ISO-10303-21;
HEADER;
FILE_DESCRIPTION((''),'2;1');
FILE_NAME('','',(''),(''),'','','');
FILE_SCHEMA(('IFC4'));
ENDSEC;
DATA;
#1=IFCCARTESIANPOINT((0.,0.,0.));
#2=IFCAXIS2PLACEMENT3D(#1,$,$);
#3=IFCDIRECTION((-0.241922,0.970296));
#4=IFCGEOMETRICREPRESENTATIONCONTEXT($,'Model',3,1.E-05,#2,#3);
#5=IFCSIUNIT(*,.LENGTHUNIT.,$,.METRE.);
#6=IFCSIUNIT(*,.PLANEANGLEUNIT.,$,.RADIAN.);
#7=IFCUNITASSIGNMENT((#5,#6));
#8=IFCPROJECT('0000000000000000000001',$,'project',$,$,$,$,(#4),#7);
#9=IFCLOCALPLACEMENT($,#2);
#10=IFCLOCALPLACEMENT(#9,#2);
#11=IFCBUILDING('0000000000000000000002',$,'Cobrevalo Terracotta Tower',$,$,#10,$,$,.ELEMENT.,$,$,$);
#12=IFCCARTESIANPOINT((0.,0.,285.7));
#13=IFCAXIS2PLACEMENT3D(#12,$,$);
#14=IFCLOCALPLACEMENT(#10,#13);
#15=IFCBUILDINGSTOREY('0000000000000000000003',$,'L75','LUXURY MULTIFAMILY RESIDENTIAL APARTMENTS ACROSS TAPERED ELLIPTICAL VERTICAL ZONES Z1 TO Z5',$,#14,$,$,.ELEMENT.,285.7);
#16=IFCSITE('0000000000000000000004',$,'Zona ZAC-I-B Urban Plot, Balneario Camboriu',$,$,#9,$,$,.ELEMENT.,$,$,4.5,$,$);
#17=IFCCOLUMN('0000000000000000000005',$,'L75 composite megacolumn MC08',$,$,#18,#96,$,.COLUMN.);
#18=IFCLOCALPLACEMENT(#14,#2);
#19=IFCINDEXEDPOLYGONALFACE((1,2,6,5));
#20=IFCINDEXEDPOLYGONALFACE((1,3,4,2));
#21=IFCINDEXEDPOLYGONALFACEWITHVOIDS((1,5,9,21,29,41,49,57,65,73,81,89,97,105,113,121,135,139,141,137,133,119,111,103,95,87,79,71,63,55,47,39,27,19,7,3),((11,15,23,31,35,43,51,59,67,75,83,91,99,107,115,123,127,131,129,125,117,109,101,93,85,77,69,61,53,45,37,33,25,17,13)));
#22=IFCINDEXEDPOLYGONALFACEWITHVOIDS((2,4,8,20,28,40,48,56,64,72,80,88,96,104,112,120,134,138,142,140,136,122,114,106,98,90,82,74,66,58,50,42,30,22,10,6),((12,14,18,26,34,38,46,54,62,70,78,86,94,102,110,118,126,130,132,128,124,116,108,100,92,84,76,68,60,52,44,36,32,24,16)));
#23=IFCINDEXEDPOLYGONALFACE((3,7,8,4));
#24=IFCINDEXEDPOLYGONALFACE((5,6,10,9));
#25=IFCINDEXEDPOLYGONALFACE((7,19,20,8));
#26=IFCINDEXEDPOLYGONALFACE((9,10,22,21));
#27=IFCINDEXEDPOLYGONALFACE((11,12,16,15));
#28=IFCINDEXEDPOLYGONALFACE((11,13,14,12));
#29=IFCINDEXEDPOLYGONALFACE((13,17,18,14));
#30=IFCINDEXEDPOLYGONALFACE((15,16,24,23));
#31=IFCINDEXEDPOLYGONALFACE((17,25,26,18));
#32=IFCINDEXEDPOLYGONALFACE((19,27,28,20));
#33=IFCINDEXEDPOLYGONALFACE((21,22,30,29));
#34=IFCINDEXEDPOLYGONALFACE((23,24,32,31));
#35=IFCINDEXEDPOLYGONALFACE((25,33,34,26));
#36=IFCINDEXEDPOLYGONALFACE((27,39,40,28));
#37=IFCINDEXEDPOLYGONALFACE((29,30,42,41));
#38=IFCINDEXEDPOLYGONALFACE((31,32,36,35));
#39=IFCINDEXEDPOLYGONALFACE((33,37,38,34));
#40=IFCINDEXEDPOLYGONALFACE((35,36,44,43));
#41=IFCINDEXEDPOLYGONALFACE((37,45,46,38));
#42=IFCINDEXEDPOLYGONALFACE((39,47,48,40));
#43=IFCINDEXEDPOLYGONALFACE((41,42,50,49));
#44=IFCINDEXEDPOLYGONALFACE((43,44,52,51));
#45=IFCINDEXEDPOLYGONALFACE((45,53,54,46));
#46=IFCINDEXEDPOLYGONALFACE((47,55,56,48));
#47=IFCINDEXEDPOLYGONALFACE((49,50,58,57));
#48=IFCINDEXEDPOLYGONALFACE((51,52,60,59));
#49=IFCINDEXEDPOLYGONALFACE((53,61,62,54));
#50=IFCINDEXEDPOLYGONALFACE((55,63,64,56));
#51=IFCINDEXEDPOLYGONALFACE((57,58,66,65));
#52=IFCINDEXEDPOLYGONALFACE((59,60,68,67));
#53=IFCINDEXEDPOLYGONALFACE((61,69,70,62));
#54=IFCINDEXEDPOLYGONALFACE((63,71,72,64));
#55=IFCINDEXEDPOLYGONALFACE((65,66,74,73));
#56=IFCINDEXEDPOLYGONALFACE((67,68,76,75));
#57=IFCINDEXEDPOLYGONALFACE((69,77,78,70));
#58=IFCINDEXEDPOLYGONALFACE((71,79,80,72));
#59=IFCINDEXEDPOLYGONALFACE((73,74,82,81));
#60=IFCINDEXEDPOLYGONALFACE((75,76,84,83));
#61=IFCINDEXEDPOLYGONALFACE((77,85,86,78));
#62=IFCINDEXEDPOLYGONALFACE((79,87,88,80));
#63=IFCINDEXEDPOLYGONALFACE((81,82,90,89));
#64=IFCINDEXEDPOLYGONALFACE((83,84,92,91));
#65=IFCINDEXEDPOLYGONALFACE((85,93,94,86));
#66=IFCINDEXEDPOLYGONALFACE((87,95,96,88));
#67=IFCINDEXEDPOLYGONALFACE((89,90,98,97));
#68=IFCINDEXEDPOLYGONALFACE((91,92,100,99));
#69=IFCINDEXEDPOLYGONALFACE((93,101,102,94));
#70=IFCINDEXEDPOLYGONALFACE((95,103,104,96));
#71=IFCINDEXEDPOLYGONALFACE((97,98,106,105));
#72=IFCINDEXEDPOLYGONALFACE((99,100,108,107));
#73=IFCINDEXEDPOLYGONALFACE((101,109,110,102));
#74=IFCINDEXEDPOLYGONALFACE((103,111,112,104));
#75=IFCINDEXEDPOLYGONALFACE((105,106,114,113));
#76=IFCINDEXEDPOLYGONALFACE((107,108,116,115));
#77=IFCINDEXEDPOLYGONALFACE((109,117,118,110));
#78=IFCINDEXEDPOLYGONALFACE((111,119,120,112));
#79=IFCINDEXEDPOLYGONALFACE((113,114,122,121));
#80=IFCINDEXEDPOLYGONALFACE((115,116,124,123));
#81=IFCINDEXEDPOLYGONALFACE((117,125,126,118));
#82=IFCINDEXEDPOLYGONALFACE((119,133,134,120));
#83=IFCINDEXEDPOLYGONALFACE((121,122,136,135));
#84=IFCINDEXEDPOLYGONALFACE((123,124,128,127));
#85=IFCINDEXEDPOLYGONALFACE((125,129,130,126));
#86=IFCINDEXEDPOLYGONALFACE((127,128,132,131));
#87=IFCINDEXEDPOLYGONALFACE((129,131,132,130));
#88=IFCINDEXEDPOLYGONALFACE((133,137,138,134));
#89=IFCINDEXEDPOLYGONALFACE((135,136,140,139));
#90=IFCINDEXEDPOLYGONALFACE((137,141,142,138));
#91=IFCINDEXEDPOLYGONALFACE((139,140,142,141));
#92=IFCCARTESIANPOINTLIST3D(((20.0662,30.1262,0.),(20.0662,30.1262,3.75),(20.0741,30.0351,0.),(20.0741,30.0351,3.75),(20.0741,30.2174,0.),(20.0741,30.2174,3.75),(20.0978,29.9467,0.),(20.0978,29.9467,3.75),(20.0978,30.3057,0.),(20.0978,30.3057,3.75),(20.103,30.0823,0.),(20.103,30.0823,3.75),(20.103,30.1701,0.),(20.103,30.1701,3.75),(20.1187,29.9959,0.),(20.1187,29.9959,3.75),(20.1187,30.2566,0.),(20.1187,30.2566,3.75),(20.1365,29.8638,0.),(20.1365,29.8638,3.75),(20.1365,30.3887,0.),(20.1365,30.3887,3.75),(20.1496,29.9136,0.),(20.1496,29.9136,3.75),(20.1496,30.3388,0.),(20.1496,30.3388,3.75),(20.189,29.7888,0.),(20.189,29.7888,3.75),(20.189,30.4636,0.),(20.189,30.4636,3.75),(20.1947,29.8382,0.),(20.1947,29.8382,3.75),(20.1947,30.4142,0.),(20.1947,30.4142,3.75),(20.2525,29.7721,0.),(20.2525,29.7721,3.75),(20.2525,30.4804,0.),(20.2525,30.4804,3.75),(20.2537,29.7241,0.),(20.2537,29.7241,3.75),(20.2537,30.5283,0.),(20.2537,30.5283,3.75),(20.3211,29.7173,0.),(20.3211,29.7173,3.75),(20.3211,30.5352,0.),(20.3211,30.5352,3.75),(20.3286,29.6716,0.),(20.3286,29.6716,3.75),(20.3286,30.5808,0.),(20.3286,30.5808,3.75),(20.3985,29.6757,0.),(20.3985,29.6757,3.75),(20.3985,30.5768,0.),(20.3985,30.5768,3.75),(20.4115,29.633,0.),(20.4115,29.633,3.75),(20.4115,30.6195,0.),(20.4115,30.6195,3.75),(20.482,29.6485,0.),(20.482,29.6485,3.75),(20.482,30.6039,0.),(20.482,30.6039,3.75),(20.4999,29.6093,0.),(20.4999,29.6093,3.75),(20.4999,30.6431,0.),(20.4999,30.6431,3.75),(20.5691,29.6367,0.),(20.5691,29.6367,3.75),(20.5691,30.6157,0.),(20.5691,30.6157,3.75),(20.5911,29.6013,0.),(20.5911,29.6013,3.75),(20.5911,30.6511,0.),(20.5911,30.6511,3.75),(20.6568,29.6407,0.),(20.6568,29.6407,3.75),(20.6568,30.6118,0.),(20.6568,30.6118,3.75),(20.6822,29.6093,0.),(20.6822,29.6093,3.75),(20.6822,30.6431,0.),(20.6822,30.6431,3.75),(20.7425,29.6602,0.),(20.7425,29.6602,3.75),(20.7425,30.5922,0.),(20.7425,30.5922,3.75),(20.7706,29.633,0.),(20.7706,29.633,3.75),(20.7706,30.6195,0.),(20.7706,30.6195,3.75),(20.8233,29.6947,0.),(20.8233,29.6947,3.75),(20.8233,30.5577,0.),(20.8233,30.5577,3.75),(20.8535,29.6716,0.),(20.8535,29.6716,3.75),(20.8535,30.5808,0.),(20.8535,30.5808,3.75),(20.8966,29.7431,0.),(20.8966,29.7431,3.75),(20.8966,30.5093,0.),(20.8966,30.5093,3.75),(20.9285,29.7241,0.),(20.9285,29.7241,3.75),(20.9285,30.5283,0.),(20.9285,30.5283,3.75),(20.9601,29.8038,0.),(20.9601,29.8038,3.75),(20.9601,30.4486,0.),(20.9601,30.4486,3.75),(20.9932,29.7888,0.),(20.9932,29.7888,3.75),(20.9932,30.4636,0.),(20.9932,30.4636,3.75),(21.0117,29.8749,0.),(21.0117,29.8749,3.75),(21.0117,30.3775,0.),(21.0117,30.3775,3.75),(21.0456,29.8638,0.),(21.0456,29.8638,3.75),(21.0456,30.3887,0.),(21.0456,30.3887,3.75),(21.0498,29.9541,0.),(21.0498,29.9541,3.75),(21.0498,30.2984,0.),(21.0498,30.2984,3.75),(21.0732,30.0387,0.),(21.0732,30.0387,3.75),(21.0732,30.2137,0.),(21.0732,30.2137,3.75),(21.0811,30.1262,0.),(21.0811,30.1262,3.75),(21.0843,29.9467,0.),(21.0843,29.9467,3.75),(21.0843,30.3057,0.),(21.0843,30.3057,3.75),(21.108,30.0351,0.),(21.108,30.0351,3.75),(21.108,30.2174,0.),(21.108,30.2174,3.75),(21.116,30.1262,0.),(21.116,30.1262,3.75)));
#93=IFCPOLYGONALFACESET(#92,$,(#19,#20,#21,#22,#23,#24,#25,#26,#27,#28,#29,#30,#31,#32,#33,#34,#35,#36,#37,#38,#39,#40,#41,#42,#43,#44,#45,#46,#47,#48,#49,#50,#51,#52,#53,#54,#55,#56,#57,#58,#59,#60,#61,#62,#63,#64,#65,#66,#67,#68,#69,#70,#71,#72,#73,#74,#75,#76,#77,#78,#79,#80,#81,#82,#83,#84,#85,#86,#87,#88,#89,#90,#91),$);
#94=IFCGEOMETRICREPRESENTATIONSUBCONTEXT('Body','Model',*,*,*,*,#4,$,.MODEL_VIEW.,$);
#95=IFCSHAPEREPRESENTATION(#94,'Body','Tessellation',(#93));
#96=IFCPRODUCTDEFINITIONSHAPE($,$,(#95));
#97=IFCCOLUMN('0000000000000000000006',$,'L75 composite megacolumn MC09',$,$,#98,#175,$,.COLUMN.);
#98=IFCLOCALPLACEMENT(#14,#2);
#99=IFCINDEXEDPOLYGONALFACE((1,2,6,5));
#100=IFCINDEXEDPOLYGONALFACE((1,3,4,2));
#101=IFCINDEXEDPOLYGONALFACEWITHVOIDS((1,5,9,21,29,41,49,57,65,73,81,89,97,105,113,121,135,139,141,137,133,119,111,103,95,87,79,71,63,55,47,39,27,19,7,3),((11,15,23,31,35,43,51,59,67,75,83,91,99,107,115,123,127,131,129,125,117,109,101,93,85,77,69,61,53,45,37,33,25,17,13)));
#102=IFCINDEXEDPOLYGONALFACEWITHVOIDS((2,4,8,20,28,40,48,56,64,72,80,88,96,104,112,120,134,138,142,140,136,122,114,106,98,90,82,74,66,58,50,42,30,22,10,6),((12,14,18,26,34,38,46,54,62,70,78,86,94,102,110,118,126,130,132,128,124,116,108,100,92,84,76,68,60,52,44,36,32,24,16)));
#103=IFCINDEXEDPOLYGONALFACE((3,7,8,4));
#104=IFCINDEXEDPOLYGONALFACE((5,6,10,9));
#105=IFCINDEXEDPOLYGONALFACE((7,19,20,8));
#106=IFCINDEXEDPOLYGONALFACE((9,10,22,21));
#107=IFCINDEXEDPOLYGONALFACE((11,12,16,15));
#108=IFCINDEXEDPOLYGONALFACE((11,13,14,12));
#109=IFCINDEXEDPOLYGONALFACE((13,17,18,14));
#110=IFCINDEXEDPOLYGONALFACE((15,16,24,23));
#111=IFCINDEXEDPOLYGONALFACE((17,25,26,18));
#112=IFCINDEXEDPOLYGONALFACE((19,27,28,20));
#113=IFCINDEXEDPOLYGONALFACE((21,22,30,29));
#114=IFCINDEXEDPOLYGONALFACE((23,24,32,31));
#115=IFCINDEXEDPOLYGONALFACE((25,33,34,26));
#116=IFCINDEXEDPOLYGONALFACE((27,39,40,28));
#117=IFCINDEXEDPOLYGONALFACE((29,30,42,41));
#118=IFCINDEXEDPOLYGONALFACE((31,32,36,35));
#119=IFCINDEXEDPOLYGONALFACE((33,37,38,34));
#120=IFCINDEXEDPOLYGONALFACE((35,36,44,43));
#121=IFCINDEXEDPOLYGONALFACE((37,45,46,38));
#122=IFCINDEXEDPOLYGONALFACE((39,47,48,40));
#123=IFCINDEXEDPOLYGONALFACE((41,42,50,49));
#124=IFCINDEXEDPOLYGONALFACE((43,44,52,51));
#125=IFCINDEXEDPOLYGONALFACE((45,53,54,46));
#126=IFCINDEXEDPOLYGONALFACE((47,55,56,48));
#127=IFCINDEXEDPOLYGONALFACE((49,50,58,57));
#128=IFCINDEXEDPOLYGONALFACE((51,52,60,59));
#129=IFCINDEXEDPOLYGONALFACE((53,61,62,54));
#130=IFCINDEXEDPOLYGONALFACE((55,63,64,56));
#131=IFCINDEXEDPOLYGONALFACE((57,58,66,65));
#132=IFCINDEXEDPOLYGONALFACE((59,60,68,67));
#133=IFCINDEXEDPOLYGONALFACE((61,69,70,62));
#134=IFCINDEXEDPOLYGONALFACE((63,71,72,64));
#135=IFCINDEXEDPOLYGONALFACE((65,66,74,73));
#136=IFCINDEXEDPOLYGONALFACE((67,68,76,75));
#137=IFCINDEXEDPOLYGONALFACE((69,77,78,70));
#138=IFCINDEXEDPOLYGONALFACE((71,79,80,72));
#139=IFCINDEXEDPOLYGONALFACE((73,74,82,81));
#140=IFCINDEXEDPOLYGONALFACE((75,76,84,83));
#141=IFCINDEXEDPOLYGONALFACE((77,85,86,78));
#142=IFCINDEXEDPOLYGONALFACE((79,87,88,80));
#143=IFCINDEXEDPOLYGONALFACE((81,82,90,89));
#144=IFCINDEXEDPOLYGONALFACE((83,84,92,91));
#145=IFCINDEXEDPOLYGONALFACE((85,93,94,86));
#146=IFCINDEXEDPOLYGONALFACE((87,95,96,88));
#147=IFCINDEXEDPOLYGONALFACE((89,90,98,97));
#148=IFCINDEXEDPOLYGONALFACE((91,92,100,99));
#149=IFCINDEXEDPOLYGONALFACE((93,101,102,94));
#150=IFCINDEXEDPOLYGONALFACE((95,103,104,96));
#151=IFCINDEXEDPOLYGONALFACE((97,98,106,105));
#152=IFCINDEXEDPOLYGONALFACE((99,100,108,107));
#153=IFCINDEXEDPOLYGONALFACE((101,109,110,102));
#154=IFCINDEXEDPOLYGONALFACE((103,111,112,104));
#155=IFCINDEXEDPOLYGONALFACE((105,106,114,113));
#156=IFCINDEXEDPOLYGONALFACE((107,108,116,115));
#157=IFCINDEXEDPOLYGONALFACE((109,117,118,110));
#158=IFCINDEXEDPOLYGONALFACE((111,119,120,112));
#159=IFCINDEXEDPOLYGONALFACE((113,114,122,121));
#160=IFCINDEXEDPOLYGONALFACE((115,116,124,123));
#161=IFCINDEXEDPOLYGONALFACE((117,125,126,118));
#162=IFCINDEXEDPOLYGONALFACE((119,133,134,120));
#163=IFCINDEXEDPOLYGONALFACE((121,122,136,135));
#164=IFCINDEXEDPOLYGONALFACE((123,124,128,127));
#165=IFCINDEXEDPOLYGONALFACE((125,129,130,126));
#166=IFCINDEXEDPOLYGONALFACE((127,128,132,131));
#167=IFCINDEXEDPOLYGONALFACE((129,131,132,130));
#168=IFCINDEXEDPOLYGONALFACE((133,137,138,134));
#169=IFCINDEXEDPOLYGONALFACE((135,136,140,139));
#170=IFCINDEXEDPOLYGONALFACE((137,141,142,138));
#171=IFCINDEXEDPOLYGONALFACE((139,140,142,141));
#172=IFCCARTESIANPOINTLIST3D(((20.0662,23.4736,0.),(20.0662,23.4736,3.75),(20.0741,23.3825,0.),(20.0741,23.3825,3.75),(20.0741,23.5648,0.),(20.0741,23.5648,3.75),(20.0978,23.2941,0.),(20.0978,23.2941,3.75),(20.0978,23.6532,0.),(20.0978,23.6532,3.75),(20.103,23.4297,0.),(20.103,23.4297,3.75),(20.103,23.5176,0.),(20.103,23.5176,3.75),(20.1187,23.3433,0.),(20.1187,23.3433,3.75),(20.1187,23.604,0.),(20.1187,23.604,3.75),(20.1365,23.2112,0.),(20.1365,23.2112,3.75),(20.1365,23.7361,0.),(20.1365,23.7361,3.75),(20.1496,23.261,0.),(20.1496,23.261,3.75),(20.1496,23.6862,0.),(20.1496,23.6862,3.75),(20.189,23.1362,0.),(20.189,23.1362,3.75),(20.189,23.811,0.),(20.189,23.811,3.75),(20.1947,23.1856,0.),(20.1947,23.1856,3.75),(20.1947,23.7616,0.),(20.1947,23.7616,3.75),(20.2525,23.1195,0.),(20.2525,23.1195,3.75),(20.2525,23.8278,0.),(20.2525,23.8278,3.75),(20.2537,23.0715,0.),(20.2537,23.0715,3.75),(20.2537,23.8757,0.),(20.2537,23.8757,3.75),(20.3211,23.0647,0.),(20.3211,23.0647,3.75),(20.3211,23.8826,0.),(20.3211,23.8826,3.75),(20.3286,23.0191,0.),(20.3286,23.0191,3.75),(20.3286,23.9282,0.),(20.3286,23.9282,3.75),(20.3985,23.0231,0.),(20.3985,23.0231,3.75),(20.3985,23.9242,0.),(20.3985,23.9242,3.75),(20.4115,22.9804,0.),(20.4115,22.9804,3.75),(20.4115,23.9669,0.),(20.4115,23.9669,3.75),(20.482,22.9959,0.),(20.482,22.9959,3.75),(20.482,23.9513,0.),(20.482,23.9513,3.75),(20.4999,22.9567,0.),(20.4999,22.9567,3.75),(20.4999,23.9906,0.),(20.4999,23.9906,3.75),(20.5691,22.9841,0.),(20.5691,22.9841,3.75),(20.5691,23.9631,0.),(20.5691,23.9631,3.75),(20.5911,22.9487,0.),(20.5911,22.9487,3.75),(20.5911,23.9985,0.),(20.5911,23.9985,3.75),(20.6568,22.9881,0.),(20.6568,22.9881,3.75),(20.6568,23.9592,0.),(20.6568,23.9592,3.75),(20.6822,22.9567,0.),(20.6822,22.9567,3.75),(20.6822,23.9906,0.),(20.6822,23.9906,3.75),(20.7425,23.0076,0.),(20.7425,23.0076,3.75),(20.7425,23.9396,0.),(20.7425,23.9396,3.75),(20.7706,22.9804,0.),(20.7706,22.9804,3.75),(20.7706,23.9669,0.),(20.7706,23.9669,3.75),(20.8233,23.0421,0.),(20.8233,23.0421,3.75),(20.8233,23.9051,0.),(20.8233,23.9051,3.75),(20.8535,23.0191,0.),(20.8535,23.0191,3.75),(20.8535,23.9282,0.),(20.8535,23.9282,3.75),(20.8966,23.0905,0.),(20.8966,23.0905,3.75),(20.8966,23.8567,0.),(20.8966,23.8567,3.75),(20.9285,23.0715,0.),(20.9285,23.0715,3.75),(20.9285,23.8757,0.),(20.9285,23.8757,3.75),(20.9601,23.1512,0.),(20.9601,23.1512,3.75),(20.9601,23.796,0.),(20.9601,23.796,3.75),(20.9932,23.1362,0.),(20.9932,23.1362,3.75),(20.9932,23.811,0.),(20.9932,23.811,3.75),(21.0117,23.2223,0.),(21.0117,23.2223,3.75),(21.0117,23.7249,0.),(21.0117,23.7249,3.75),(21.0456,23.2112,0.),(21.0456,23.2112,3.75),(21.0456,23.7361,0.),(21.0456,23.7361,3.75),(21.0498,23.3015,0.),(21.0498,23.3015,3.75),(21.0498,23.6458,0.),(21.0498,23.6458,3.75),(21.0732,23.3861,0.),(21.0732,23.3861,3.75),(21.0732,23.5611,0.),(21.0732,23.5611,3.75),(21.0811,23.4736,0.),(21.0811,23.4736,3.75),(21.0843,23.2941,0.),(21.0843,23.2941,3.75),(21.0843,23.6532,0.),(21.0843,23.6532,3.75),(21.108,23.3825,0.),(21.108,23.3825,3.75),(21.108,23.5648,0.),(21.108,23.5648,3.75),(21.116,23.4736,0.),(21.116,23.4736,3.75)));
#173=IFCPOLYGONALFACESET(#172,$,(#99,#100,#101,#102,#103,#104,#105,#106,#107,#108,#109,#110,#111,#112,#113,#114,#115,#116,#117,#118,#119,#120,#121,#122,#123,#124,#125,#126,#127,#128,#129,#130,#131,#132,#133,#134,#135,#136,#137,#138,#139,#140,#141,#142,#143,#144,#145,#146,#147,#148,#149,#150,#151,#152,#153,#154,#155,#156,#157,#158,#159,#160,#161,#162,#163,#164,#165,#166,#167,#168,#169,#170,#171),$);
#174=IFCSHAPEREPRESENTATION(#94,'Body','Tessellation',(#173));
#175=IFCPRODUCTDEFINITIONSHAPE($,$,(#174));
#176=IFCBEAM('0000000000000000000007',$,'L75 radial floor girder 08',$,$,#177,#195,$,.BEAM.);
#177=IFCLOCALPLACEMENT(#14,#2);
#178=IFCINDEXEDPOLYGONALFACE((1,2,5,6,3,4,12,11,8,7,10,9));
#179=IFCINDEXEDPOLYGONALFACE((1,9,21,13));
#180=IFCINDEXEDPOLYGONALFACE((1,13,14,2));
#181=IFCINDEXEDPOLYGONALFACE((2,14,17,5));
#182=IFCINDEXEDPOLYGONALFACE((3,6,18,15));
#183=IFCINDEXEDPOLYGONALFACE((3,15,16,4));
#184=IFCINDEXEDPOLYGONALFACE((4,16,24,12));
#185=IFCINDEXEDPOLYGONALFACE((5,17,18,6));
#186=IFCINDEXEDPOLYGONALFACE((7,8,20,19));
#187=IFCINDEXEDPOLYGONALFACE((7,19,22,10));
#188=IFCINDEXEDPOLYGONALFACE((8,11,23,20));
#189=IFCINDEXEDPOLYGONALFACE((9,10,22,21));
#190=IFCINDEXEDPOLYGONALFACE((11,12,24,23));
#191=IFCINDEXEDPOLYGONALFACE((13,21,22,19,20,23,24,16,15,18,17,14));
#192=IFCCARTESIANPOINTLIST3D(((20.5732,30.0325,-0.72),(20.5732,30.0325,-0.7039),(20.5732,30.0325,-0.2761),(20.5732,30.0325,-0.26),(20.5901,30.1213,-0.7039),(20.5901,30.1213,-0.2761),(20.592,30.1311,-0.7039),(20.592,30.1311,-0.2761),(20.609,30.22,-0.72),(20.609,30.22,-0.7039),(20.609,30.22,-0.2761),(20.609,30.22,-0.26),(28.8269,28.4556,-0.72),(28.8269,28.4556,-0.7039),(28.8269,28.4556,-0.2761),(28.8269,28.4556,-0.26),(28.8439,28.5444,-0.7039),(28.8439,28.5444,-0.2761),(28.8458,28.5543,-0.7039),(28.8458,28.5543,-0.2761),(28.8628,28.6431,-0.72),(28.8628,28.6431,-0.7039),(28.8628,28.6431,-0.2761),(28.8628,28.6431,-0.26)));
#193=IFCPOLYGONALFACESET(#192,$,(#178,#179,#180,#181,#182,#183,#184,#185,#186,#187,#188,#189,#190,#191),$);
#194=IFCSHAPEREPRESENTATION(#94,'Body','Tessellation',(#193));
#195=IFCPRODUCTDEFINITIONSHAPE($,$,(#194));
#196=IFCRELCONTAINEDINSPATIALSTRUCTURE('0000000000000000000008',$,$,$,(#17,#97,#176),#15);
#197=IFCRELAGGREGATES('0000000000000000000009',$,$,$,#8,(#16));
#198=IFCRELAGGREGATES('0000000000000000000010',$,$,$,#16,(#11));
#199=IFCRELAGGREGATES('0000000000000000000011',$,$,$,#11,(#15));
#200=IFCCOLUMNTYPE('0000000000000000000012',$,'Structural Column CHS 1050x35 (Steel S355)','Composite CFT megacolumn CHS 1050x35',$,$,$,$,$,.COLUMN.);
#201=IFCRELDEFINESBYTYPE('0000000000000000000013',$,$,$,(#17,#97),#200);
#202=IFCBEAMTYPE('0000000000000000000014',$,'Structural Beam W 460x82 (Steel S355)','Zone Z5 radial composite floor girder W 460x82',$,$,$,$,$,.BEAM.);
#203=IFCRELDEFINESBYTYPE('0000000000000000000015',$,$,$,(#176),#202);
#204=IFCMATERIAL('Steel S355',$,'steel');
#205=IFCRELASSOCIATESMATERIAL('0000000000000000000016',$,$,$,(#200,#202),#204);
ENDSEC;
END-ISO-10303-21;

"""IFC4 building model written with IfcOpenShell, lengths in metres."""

from ifc_helpers import new_model, si_unit, direction, frame, origin, origin_2d, place, context, subcontext, project, spatial, hollow_circle, i_section, extrude, material, material_profile, profile_set, type_object, element, save


model = new_model("IFC4")

# Units and contexts
model_context = context("Model", 3, precision=1e-05, world=origin(), true_north=direction((-0.241922, 0.970296)))
body_context = subcontext(model_context, "Body", "Model", "MODEL_VIEW")
ifc_project = project(units=[si_unit("LENGTHUNIT", "METRE"), si_unit("PLANEANGLEUNIT", "RADIAN")], contexts=[model_context])

# Site, building, storey
site_placement = place(None, origin())
site = spatial("IfcSite", under=ifc_project, at=site_placement, Name="Zona ZAC-I-B Urban Plot, Balneario Camboriu", CompositionType="ELEMENT", RefElevation=4.5)
building_placement = place(site_placement, origin())
building = spatial("IfcBuilding", under=site, at=building_placement, Name="Cobrevalo Terracotta Tower", CompositionType="ELEMENT")
storey_placement = place(building_placement, frame((0.0, 0.0, 285.7)))
storey = spatial("IfcBuildingStorey", under=building, at=storey_placement, Name="L75", Description="LUXURY MULTIFAMILY RESIDENTIAL APARTMENTS ACROSS TAPERED ELLIPTICAL VERTICAL ZONES Z1 TO Z5", CompositionType="ELEMENT", Elevation=285.7)

# Columns
ifc_material_1 = material(Name="Steel S355", Category="steel")
ifc_material_profile_1 = material_profile(ifc_material_1, hollow_circle(Radius=0.5249, WallThickness=0.0349, at=origin_2d()), Name="CHS 1050x35")
ifc_profile_set_1 = profile_set([ifc_material_profile_1], Name="Steel S355")
column_type = type_object("IfcColumnType", Name="Structural Column CHS 1050x35 (Steel S355)", Description="Composite CFT megacolumn CHS 1050x35", PredefinedType="COLUMN", material=ifc_profile_set_1)
for number, where, z_axis, x_axis, name in (
    (1, (20.5911, 30.1262, 0.0), (0.0, 0.0, 1.0), (1.0, 0.0, 0.0), "L75 composite megacolumn MC08"),
    (2, (20.5911, 23.4736, 0.0), (0.0, 0.0, 1.0), (1.0, 0.0, 0.0), "L75 composite megacolumn MC09"),
):
    element("IfcColumn", number, at=place(storey_placement, frame(where, z_axis=z_axis, x_axis=x_axis)), inside=storey, type_object=column_type, Name=name, PredefinedType="COLUMN", context=body_context, shape_type="SweptSolid", body=[
        extrude(hollow_circle(Radius=0.5249, WallThickness=0.0349, at=origin_2d()), origin(), (0.0, 0.0, 1.0), 3.75),
    ])

# Beam
ifc_material_profile_2 = material_profile(ifc_material_1, i_section(OverallWidth=0.1909, OverallDepth=0.46, WebThickness=0.01, FlangeThickness=0.0161, at=origin_2d()), Name="W 460x82")
ifc_profile_set_2 = profile_set([ifc_material_profile_2], Name="Steel S355")
beam_type_1 = type_object("IfcBeamType", Name="Structural Beam W 460x82 (Steel S355)", Description="Zone Z5 radial composite floor girder W 460x82", PredefinedType="BEAM", material=ifc_profile_set_2)
beam_1_placement = place(storey_placement, frame((20.5911, 30.1262, -0.49), z_axis=(0.982235, -0.187655, 0.0), x_axis=(0.187655, 0.982235, 0.0)))
element("IfcBeam", 3, at=beam_1_placement, inside=storey, type_object=beam_type_1, Name="L75 radial floor girder 08", PredefinedType="BEAM", context=body_context, shape_type="SweptSolid", body=[
    extrude(i_section(OverallWidth=0.1909, OverallDepth=0.46, WebThickness=0.01, FlangeThickness=0.0161, at=origin_2d()), origin(), (0.0, 0.0, 1.0), 8.4031),
])

save(model, "model.ifc")
